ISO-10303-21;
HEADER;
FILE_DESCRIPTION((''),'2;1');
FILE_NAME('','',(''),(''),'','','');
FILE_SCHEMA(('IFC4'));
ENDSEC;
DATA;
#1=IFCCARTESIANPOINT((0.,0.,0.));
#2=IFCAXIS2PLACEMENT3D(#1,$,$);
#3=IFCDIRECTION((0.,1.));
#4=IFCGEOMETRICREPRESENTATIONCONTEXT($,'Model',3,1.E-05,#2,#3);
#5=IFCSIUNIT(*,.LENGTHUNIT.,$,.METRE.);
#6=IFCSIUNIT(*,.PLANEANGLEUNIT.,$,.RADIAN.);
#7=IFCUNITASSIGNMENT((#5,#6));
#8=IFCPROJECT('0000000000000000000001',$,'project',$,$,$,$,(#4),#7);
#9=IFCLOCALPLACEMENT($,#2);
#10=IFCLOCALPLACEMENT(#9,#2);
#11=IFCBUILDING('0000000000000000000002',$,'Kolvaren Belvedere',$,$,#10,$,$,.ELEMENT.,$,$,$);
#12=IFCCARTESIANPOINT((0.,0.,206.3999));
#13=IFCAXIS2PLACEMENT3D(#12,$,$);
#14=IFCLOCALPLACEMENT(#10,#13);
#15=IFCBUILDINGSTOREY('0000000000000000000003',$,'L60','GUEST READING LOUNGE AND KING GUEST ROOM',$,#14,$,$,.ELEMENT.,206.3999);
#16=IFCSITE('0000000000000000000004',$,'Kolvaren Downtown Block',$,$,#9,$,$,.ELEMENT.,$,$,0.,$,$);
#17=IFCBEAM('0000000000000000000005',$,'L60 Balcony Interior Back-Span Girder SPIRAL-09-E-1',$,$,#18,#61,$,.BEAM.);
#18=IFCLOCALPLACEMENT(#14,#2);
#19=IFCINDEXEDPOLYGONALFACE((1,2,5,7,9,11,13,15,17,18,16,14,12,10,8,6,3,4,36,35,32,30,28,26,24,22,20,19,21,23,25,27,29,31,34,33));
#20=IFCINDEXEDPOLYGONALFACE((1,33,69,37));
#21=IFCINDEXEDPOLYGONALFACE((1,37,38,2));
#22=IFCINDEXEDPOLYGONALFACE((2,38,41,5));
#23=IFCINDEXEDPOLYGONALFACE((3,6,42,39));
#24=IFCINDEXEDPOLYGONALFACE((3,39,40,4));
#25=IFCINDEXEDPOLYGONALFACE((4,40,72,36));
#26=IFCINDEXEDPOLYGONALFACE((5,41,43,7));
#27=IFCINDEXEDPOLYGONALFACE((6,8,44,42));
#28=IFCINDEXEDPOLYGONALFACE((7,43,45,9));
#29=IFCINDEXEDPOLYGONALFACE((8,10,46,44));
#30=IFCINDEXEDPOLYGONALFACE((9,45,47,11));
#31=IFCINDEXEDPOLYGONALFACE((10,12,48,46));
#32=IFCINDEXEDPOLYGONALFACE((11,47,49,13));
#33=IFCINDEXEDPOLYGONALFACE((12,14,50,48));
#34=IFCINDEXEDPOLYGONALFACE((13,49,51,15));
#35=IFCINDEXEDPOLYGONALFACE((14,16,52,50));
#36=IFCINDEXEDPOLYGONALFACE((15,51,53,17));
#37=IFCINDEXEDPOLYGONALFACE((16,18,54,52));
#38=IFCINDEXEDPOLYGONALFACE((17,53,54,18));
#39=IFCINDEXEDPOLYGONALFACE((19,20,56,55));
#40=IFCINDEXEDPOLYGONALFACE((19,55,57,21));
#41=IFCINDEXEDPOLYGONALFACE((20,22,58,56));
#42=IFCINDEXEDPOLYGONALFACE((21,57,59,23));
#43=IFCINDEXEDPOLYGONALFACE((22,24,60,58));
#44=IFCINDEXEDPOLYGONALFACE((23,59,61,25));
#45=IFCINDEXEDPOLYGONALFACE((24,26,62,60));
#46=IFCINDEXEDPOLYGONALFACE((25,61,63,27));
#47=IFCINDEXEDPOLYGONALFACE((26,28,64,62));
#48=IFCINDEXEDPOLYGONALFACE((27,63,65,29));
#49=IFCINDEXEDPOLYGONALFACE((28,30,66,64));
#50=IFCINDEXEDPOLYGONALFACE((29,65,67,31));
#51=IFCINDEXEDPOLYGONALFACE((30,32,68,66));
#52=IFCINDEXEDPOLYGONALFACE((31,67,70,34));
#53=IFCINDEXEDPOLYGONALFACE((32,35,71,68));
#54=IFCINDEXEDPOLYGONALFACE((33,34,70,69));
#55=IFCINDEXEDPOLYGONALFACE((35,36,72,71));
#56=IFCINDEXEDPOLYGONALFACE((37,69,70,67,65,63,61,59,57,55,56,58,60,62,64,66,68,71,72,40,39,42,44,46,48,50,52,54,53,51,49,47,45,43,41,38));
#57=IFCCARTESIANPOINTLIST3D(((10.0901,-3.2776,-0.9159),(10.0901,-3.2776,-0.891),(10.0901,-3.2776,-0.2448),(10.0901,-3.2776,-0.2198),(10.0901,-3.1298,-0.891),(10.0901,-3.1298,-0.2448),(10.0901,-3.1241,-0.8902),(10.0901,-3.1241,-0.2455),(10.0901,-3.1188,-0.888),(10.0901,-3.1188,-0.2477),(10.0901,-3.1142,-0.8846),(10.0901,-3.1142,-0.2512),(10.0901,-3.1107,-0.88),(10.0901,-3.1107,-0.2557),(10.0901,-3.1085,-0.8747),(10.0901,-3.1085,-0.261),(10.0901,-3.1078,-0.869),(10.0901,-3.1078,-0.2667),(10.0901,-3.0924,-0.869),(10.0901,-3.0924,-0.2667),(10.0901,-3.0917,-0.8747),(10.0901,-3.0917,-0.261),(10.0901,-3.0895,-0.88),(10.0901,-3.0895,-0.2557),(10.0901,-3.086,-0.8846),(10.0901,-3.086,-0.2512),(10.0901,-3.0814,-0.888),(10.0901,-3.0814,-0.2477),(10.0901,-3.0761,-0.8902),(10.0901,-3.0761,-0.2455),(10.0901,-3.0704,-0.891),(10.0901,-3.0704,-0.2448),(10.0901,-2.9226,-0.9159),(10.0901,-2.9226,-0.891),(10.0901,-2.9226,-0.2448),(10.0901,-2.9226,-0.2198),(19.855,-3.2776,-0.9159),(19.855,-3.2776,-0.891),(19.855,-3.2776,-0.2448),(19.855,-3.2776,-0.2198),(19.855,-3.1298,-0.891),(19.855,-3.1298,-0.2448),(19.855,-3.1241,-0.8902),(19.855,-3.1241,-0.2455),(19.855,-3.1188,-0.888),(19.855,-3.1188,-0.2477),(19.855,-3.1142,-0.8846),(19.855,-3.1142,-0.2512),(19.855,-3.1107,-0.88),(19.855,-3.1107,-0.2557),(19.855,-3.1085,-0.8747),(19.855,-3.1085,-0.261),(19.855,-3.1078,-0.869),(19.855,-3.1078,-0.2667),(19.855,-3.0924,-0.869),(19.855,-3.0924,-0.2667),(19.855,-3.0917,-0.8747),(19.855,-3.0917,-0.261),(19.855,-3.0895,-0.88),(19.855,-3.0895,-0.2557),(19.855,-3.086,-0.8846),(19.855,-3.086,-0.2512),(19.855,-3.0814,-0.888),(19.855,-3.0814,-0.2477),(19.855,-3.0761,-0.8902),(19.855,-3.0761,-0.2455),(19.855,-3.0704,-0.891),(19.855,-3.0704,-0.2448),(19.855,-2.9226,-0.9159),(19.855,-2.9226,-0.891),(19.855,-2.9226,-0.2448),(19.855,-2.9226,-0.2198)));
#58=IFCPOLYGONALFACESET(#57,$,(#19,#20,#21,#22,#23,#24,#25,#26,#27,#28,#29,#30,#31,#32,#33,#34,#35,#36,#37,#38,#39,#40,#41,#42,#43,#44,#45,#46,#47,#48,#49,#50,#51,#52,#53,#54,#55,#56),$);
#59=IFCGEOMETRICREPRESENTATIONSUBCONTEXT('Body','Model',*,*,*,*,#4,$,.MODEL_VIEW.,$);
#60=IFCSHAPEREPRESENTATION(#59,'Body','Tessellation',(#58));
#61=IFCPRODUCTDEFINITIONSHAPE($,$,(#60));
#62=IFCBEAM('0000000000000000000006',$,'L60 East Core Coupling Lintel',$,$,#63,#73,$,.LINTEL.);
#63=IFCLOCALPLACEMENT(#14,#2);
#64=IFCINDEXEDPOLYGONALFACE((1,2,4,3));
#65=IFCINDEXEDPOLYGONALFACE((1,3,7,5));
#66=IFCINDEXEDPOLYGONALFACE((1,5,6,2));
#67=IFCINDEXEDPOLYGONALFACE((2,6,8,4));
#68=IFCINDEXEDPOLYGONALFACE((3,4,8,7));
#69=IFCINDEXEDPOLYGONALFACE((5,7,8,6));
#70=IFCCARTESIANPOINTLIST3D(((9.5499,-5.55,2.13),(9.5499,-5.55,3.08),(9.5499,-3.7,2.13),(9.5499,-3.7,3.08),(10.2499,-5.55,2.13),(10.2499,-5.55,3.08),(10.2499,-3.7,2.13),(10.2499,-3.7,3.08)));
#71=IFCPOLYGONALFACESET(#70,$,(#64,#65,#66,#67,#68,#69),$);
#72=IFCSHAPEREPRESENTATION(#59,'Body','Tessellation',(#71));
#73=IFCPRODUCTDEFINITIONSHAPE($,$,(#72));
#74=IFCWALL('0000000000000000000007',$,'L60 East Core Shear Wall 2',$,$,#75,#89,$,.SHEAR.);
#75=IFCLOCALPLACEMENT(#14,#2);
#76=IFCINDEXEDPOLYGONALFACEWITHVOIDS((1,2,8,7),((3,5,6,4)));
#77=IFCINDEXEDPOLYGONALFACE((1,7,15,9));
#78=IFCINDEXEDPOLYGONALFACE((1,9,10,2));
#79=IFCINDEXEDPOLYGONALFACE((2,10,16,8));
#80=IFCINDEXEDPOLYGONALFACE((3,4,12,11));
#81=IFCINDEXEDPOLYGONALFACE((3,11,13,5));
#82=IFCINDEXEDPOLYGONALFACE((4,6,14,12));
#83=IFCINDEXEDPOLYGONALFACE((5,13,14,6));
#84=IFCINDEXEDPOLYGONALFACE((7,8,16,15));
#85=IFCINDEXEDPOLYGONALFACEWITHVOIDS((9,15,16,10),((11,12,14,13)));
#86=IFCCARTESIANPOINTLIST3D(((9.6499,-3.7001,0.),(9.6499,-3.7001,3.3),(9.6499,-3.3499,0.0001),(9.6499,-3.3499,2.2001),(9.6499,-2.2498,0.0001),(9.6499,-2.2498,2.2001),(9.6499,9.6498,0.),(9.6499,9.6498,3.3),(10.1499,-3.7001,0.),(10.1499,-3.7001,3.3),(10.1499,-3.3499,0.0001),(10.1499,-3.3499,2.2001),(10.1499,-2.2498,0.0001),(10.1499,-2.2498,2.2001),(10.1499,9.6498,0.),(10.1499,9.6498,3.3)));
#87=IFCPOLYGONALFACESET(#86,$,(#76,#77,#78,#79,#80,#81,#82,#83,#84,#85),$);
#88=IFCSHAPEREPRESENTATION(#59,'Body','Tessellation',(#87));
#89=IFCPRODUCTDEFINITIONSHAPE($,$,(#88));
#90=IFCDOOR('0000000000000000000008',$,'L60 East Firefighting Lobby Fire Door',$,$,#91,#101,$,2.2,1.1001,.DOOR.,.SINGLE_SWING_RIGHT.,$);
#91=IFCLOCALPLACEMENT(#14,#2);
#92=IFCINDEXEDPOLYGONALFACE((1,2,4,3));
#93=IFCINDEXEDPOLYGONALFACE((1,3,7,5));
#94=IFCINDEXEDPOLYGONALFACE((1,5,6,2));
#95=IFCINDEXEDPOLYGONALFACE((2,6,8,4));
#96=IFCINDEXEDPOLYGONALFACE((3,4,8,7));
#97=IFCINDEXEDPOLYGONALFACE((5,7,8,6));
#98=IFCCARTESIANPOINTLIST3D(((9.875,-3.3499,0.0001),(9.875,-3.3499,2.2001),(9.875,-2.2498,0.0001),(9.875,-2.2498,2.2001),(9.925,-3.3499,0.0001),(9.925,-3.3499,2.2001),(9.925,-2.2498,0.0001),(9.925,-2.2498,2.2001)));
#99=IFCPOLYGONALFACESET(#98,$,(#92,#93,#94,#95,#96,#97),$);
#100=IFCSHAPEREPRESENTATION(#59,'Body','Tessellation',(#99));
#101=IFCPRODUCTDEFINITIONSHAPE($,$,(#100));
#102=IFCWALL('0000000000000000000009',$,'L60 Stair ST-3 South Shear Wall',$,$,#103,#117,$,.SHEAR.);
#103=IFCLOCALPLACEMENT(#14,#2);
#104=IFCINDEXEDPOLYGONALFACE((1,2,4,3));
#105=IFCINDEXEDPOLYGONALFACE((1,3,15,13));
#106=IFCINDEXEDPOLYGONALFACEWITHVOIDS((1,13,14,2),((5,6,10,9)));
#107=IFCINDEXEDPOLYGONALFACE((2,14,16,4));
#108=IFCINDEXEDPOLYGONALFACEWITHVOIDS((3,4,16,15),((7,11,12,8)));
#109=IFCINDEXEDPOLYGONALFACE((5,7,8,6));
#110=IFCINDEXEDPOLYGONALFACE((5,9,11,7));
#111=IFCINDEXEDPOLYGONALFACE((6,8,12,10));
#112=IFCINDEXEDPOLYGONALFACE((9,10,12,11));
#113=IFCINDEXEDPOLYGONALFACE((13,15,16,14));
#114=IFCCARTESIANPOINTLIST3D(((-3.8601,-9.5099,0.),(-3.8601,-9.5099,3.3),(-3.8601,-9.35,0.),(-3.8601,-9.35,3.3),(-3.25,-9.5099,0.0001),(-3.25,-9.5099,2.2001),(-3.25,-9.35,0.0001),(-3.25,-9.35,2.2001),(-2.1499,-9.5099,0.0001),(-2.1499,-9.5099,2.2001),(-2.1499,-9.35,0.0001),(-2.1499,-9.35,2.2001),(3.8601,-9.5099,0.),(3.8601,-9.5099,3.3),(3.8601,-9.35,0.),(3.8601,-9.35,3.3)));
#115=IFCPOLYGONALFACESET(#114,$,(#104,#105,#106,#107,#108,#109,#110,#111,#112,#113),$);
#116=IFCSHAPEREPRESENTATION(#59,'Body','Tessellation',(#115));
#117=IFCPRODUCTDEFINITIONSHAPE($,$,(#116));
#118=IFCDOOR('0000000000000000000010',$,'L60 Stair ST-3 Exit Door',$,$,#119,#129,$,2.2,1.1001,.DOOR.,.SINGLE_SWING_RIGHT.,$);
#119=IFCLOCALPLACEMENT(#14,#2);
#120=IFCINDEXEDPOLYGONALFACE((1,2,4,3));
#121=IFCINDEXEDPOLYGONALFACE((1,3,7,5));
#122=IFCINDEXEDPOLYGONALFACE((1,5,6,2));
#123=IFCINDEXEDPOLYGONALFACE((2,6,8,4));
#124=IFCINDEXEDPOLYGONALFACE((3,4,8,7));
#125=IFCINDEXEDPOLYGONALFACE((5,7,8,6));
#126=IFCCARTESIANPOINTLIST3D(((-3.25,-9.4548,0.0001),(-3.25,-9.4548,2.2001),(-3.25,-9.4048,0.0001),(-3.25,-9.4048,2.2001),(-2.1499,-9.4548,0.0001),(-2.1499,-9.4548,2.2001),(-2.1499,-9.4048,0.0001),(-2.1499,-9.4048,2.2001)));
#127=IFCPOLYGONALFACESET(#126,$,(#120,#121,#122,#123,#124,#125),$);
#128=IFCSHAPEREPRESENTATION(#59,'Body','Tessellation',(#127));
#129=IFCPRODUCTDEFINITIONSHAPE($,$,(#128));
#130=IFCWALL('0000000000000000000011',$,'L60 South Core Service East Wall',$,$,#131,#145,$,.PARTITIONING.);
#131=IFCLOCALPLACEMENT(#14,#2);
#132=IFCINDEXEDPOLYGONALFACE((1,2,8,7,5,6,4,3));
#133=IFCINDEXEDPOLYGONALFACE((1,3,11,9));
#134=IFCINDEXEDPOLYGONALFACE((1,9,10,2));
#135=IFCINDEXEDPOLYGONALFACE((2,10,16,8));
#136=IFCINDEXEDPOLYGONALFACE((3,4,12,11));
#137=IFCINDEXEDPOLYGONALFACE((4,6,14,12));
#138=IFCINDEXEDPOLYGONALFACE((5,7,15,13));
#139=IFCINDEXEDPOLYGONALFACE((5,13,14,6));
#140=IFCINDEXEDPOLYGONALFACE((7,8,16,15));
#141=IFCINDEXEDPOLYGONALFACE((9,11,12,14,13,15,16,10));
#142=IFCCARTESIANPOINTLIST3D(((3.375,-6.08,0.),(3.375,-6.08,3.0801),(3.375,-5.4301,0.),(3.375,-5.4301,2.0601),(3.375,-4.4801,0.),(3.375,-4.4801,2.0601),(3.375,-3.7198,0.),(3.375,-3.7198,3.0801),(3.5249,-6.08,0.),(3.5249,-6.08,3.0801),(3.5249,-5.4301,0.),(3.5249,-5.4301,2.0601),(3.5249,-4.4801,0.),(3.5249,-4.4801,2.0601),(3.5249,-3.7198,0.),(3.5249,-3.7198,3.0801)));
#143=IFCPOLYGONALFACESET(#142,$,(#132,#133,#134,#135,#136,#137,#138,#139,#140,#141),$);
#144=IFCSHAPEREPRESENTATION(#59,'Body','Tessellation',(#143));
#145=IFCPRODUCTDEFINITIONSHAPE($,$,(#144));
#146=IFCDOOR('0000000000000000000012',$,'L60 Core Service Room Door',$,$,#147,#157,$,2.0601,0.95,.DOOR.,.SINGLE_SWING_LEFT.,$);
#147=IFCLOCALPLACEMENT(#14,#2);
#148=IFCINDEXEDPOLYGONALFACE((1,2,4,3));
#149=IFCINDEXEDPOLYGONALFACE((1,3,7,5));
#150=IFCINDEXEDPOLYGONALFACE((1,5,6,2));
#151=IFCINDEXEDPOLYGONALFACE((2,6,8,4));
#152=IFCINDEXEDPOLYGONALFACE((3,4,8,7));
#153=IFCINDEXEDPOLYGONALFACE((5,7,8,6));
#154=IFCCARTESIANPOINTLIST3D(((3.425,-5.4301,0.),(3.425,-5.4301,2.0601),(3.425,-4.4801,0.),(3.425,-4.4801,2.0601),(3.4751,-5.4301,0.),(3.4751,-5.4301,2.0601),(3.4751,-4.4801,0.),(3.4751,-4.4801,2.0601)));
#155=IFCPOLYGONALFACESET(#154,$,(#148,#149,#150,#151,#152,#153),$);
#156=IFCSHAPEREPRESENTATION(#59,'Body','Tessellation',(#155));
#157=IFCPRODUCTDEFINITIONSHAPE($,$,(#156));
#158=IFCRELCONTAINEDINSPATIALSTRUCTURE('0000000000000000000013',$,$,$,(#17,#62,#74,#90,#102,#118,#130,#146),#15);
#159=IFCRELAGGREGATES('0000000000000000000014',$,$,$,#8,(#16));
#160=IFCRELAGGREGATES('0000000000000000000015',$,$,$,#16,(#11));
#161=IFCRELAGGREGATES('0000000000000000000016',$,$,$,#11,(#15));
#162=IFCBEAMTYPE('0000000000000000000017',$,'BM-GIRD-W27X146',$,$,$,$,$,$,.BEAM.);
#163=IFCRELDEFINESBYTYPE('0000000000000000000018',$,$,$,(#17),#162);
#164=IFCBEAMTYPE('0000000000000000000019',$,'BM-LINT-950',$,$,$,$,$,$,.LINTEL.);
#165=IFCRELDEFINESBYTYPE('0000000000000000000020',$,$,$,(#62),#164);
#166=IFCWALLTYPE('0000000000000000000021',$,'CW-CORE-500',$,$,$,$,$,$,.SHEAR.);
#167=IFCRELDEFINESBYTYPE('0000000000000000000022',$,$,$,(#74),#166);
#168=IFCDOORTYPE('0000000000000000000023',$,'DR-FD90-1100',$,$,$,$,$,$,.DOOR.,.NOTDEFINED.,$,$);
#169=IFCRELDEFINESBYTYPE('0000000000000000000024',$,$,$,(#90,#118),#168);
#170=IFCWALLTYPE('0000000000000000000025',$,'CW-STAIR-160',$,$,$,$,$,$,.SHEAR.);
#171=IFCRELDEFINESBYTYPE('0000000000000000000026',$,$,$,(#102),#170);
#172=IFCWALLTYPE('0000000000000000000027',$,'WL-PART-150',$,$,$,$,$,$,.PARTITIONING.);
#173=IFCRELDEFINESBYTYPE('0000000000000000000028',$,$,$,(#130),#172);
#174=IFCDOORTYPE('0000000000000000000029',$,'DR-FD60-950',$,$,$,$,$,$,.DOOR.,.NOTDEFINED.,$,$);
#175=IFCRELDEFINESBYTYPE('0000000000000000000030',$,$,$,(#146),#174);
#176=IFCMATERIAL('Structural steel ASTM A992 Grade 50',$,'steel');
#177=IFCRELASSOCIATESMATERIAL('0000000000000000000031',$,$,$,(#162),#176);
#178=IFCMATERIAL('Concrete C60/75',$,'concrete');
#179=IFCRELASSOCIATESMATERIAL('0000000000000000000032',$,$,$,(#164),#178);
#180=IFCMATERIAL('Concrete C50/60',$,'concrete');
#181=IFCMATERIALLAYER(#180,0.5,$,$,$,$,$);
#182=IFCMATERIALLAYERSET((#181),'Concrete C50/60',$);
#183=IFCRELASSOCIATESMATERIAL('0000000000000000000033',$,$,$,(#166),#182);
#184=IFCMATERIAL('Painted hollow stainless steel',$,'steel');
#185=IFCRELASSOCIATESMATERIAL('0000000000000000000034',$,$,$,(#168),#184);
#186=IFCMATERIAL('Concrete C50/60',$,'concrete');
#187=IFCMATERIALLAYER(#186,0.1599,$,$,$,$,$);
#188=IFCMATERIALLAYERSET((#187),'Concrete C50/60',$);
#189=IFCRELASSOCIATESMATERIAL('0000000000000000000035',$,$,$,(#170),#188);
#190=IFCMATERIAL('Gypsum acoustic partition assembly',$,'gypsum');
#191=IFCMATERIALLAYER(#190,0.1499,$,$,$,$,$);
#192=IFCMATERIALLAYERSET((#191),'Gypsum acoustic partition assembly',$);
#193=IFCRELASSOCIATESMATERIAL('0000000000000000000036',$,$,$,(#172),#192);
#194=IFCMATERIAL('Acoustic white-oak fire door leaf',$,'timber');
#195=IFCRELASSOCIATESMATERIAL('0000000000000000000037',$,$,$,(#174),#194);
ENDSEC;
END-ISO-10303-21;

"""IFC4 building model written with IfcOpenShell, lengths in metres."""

from ifc_helpers import new_model, si_unit, direction, frame, frame_2d, origin, origin_2d, place, context, subcontext, project, spatial, rectangle, i_section, extrude, material, layer, layer_set, material_profile, profile_set, type_object, element, fill, save


model = new_model("IFC4")

# Units and contexts
model_context = context("Model", 3, precision=1e-05, world=origin(), true_north=direction((0.0, 1.0)))
body_context = subcontext(model_context, "Body", "Model", "MODEL_VIEW")
ifc_project = project(units=[si_unit("LENGTHUNIT", "METRE"), si_unit("PLANEANGLEUNIT", "RADIAN")], contexts=[model_context])

# Site, building, storey
site_placement = place(None, origin())
site = spatial("IfcSite", under=ifc_project, at=site_placement, Name="Kolvaren Downtown Block", CompositionType="ELEMENT", RefElevation=0.0)
building_placement = place(site_placement, origin())
building = spatial("IfcBuilding", under=site, at=building_placement, Name="Kolvaren Belvedere", CompositionType="ELEMENT")
storey_placement = place(building_placement, frame((0.0, 0.0, 206.3999)))
storey = spatial("IfcBuildingStorey", under=building, at=storey_placement, Name="L60", Description="GUEST READING LOUNGE AND KING GUEST ROOM", CompositionType="ELEMENT", Elevation=206.3999)

# Beams
ifc_material_1 = material(Name="Structural steel ASTM A992 Grade 50", Category="steel")
ifc_material_profile_1 = material_profile(ifc_material_1, i_section(OverallWidth=0.355, OverallDepth=0.696, WebThickness=0.0154, FlangeThickness=0.0249, FilletRadius=0.022, at=origin_2d()), Name="W27X146")
ifc_profile_set_1 = profile_set([ifc_material_profile_1], Name="Structural steel ASTM A992 Grade 50")
beam_type_1 = type_object("IfcBeamType", Name="BM-GIRD-W27X146", PredefinedType="BEAM", material=ifc_profile_set_1)
beam_1_placement = place(storey_placement, frame((10.0901, -3.1001, -0.5679), z_axis=(1.0, 0.0, 0.0), x_axis=(0.0, 1.0, 0.0)))
element("IfcBeam", 1, at=beam_1_placement, inside=storey, type_object=beam_type_1, Name="L60 Balcony Interior Back-Span Girder SPIRAL-09-E-1", PredefinedType="BEAM", context=body_context, shape_type="SweptSolid", body=[
    extrude(i_section(OverallWidth=0.355, OverallDepth=0.696, WebThickness=0.0154, FlangeThickness=0.0249, FilletRadius=0.022, at=origin_2d()), origin(), (0.0, 0.0, 1.0), 9.7649),
])
ifc_material_2 = material(Name="Concrete C60/75", Category="concrete")
ifc_material_profile_2 = material_profile(ifc_material_2, rectangle(XDim=0.7, YDim=0.95, at=origin_2d()), Name="RC 700X950")
ifc_profile_set_2 = profile_set([ifc_material_profile_2], Name="Concrete C60/75")
beam_type_2 = type_object("IfcBeamType", Name="BM-LINT-950", PredefinedType="LINTEL", material=ifc_profile_set_2)
beam_2_placement = place(storey_placement, frame((9.8999, -5.55, 2.605), z_axis=(0.0, 1.0, 0.0), x_axis=(-1.0, 0.0, 0.0)))
element("IfcBeam", 2, at=beam_2_placement, inside=storey, type_object=beam_type_2, Name="L60 East Core Coupling Lintel", PredefinedType="LINTEL", context=body_context, shape_type="SweptSolid", body=[
    extrude(rectangle(XDim=0.7, YDim=0.95, at=origin_2d()), origin(), (0.0, 0.0, 1.0), 1.8501),
])

# Walls, openings, doors
ifc_material_3 = material(Name="Concrete C50/60", Category="concrete")
ifc_layer_1 = layer(ifc_material_3, 0.5)
ifc_layer_set_1 = layer_set([ifc_layer_1], Name="Concrete C50/60")
wall_type_1 = type_object("IfcWallType", Name="CW-CORE-500", PredefinedType="SHEAR", material=ifc_layer_set_1)
wall_1_placement = place(storey_placement, frame((9.8999, -3.7, 0.0), z_axis=(0.0, 0.0, 1.0), x_axis=(0.0, 1.0, 0.0)))
wall_1 = element("IfcWall", 3, at=wall_1_placement, inside=storey, type_object=wall_type_1, Name="L60 East Core Shear Wall 2", PredefinedType="SHEAR", context=body_context, shape_type="SweptSolid", body=[
    extrude(rectangle(XDim=13.3499, YDim=0.5, at=frame_2d((6.6748, 0.0))), origin(), (0.0, 0.0, 1.0), 3.3),
])
opening_1_placement = place(wall_1_placement, frame((0.3501, 0.0, 0.0)))
opening_1 = element("IfcOpeningElement", 4, at=opening_1_placement, cuts=wall_1, PredefinedType="OPENING", context=body_context, shape_type="SweptSolid", body=[
    extrude(rectangle(XDim=1.1001, YDim=2.2, at=frame_2d((0.55, 1.1001))), frame((0.0, 0.26, 0.0), z_axis=(0.0, -1.0, 0.0), x_axis=(1.0, 0.0, 0.0)), (0.0, 0.0, 1.0), 0.52),
])
ifc_material_4 = material(Name="Painted hollow stainless steel", Category="steel")
door_type_1 = type_object("IfcDoorType", Name="DR-FD90-1100", OperationType="NOTDEFINED", PredefinedType="DOOR", material=ifc_material_4)
door_1_placement = place(opening_1_placement, origin())
door_1 = element("IfcDoor", 5, at=door_1_placement, inside=storey, type_object=door_type_1, Name="L60 East Firefighting Lobby Fire Door", OperationType="SINGLE_SWING_RIGHT", OverallHeight=2.2, OverallWidth=1.1001, PredefinedType="DOOR", context=body_context, shape_type="SweptSolid", body=[
    extrude(rectangle(XDim=1.1001, YDim=2.2, at=frame_2d((0.55, 1.1001))), frame((0.0, 0.0249, 0.0), z_axis=(0.0, -1.0, 0.0), x_axis=(1.0, 0.0, 0.0)), (0.0, 0.0, 1.0), 0.05),
])
fill(opening_1, door_1)
ifc_material_5 = material(Name="Concrete C50/60", Category="concrete")
ifc_layer_2 = layer(ifc_material_5, 0.1599)
ifc_layer_set_2 = layer_set([ifc_layer_2], Name="Concrete C50/60")
wall_type_2 = type_object("IfcWallType", Name="CW-STAIR-160", PredefinedType="SHEAR", material=ifc_layer_set_2)
wall_2_placement = place(storey_placement, frame((3.8601, -9.4299, 0.0), z_axis=(0.0, 0.0, 1.0), x_axis=(-1.0, 0.0, 0.0)))
wall_2 = element("IfcWall", 6, at=wall_2_placement, inside=storey, type_object=wall_type_2, Name="L60 Stair ST-3 South Shear Wall", PredefinedType="SHEAR", context=body_context, shape_type="SweptSolid", body=[
    extrude(rectangle(XDim=7.7202, YDim=0.1599, at=frame_2d((3.8601, 0.0))), origin(), (0.0, 0.0, 1.0), 3.3),
])
opening_2_placement = place(wall_2_placement, frame((6.01, 0.0, 0.0)))
opening_2 = element("IfcOpeningElement", 7, at=opening_2_placement, cuts=wall_2, PredefinedType="OPENING", context=body_context, shape_type="SweptSolid", body=[
    extrude(rectangle(XDim=1.1001, YDim=2.2, at=frame_2d((0.55, 1.1001))), frame((0.0, 0.0898, 0.0), z_axis=(0.0, -1.0, 0.0), x_axis=(1.0, 0.0, 0.0)), (0.0, 0.0, 1.0), 0.1799),
])
door_2_placement = place(opening_2_placement, origin())
door_2 = element("IfcDoor", 8, at=door_2_placement, inside=storey, type_object=door_type_1, Name="L60 Stair ST-3 Exit Door", OperationType="SINGLE_SWING_RIGHT", OverallHeight=2.2, OverallWidth=1.1001, PredefinedType="DOOR", context=body_context, shape_type="SweptSolid", body=[
    extrude(rectangle(XDim=1.1001, YDim=2.2, at=frame_2d((0.55, 1.1001))), frame((0.0, 0.0249, 0.0), z_axis=(0.0, -1.0, 0.0), x_axis=(1.0, 0.0, 0.0)), (0.0, 0.0, 1.0), 0.05),
])
fill(opening_2, door_2)
ifc_material_6 = material(Name="Gypsum acoustic partition assembly", Category="gypsum")
ifc_layer_3 = layer(ifc_material_6, 0.1499)
ifc_layer_set_3 = layer_set([ifc_layer_3], Name="Gypsum acoustic partition assembly")
wall_type_3 = type_object("IfcWallType", Name="WL-PART-150", PredefinedType="PARTITIONING", material=ifc_layer_set_3)
wall_3_placement = place(storey_placement, frame((3.45, -6.0801, 0.0), z_axis=(0.0, 0.0, 1.0), x_axis=(0.0, 1.0, 0.0)))
wall_3 = element("IfcWall", 9, at=wall_3_placement, inside=storey, type_object=wall_type_3, Name="L60 South Core Service East Wall", PredefinedType="PARTITIONING", context=body_context, shape_type="SweptSolid", body=[
    extrude(rectangle(XDim=2.3601, YDim=0.1499, at=frame_2d((1.1802, 0.0))), origin(), (0.0, 0.0, 1.0), 3.0801),
])
opening_3_placement = place(wall_3_placement, frame((0.6499, 0.0, 0.0)))
opening_3 = element("IfcOpeningElement", 10, at=opening_3_placement, cuts=wall_3, PredefinedType="OPENING", context=body_context, shape_type="SweptSolid", body=[
    extrude(rectangle(XDim=0.95, YDim=2.0601, at=frame_2d((0.4751, 1.03))), frame((0.0, 0.085, 0.0), z_axis=(0.0, -1.0, 0.0), x_axis=(1.0, 0.0, 0.0)), (0.0, 0.0, 1.0), 0.1699),
])
ifc_material_7 = material(Name="Acoustic white-oak fire door leaf", Category="timber")
door_type_2 = type_object("IfcDoorType", Name="DR-FD60-950", OperationType="NOTDEFINED", PredefinedType="DOOR", material=ifc_material_7)
door_3_placement = place(opening_3_placement, origin())
door_3 = element("IfcDoor", 11, at=door_3_placement, inside=storey, type_object=door_type_2, Name="L60 Core Service Room Door", OperationType="SINGLE_SWING_LEFT", OverallHeight=2.0601, OverallWidth=0.95, PredefinedType="DOOR", context=body_context, shape_type="SweptSolid", body=[
    extrude(rectangle(XDim=0.95, YDim=2.0601, at=frame_2d((0.4751, 1.03))), frame((0.0, 0.0249, 0.0), z_axis=(0.0, -1.0, 0.0), x_axis=(1.0, 0.0, 0.0)), (0.0, 0.0, 1.0), 0.05),
])
fill(opening_3, door_3)

save(model, "model.ifc")
